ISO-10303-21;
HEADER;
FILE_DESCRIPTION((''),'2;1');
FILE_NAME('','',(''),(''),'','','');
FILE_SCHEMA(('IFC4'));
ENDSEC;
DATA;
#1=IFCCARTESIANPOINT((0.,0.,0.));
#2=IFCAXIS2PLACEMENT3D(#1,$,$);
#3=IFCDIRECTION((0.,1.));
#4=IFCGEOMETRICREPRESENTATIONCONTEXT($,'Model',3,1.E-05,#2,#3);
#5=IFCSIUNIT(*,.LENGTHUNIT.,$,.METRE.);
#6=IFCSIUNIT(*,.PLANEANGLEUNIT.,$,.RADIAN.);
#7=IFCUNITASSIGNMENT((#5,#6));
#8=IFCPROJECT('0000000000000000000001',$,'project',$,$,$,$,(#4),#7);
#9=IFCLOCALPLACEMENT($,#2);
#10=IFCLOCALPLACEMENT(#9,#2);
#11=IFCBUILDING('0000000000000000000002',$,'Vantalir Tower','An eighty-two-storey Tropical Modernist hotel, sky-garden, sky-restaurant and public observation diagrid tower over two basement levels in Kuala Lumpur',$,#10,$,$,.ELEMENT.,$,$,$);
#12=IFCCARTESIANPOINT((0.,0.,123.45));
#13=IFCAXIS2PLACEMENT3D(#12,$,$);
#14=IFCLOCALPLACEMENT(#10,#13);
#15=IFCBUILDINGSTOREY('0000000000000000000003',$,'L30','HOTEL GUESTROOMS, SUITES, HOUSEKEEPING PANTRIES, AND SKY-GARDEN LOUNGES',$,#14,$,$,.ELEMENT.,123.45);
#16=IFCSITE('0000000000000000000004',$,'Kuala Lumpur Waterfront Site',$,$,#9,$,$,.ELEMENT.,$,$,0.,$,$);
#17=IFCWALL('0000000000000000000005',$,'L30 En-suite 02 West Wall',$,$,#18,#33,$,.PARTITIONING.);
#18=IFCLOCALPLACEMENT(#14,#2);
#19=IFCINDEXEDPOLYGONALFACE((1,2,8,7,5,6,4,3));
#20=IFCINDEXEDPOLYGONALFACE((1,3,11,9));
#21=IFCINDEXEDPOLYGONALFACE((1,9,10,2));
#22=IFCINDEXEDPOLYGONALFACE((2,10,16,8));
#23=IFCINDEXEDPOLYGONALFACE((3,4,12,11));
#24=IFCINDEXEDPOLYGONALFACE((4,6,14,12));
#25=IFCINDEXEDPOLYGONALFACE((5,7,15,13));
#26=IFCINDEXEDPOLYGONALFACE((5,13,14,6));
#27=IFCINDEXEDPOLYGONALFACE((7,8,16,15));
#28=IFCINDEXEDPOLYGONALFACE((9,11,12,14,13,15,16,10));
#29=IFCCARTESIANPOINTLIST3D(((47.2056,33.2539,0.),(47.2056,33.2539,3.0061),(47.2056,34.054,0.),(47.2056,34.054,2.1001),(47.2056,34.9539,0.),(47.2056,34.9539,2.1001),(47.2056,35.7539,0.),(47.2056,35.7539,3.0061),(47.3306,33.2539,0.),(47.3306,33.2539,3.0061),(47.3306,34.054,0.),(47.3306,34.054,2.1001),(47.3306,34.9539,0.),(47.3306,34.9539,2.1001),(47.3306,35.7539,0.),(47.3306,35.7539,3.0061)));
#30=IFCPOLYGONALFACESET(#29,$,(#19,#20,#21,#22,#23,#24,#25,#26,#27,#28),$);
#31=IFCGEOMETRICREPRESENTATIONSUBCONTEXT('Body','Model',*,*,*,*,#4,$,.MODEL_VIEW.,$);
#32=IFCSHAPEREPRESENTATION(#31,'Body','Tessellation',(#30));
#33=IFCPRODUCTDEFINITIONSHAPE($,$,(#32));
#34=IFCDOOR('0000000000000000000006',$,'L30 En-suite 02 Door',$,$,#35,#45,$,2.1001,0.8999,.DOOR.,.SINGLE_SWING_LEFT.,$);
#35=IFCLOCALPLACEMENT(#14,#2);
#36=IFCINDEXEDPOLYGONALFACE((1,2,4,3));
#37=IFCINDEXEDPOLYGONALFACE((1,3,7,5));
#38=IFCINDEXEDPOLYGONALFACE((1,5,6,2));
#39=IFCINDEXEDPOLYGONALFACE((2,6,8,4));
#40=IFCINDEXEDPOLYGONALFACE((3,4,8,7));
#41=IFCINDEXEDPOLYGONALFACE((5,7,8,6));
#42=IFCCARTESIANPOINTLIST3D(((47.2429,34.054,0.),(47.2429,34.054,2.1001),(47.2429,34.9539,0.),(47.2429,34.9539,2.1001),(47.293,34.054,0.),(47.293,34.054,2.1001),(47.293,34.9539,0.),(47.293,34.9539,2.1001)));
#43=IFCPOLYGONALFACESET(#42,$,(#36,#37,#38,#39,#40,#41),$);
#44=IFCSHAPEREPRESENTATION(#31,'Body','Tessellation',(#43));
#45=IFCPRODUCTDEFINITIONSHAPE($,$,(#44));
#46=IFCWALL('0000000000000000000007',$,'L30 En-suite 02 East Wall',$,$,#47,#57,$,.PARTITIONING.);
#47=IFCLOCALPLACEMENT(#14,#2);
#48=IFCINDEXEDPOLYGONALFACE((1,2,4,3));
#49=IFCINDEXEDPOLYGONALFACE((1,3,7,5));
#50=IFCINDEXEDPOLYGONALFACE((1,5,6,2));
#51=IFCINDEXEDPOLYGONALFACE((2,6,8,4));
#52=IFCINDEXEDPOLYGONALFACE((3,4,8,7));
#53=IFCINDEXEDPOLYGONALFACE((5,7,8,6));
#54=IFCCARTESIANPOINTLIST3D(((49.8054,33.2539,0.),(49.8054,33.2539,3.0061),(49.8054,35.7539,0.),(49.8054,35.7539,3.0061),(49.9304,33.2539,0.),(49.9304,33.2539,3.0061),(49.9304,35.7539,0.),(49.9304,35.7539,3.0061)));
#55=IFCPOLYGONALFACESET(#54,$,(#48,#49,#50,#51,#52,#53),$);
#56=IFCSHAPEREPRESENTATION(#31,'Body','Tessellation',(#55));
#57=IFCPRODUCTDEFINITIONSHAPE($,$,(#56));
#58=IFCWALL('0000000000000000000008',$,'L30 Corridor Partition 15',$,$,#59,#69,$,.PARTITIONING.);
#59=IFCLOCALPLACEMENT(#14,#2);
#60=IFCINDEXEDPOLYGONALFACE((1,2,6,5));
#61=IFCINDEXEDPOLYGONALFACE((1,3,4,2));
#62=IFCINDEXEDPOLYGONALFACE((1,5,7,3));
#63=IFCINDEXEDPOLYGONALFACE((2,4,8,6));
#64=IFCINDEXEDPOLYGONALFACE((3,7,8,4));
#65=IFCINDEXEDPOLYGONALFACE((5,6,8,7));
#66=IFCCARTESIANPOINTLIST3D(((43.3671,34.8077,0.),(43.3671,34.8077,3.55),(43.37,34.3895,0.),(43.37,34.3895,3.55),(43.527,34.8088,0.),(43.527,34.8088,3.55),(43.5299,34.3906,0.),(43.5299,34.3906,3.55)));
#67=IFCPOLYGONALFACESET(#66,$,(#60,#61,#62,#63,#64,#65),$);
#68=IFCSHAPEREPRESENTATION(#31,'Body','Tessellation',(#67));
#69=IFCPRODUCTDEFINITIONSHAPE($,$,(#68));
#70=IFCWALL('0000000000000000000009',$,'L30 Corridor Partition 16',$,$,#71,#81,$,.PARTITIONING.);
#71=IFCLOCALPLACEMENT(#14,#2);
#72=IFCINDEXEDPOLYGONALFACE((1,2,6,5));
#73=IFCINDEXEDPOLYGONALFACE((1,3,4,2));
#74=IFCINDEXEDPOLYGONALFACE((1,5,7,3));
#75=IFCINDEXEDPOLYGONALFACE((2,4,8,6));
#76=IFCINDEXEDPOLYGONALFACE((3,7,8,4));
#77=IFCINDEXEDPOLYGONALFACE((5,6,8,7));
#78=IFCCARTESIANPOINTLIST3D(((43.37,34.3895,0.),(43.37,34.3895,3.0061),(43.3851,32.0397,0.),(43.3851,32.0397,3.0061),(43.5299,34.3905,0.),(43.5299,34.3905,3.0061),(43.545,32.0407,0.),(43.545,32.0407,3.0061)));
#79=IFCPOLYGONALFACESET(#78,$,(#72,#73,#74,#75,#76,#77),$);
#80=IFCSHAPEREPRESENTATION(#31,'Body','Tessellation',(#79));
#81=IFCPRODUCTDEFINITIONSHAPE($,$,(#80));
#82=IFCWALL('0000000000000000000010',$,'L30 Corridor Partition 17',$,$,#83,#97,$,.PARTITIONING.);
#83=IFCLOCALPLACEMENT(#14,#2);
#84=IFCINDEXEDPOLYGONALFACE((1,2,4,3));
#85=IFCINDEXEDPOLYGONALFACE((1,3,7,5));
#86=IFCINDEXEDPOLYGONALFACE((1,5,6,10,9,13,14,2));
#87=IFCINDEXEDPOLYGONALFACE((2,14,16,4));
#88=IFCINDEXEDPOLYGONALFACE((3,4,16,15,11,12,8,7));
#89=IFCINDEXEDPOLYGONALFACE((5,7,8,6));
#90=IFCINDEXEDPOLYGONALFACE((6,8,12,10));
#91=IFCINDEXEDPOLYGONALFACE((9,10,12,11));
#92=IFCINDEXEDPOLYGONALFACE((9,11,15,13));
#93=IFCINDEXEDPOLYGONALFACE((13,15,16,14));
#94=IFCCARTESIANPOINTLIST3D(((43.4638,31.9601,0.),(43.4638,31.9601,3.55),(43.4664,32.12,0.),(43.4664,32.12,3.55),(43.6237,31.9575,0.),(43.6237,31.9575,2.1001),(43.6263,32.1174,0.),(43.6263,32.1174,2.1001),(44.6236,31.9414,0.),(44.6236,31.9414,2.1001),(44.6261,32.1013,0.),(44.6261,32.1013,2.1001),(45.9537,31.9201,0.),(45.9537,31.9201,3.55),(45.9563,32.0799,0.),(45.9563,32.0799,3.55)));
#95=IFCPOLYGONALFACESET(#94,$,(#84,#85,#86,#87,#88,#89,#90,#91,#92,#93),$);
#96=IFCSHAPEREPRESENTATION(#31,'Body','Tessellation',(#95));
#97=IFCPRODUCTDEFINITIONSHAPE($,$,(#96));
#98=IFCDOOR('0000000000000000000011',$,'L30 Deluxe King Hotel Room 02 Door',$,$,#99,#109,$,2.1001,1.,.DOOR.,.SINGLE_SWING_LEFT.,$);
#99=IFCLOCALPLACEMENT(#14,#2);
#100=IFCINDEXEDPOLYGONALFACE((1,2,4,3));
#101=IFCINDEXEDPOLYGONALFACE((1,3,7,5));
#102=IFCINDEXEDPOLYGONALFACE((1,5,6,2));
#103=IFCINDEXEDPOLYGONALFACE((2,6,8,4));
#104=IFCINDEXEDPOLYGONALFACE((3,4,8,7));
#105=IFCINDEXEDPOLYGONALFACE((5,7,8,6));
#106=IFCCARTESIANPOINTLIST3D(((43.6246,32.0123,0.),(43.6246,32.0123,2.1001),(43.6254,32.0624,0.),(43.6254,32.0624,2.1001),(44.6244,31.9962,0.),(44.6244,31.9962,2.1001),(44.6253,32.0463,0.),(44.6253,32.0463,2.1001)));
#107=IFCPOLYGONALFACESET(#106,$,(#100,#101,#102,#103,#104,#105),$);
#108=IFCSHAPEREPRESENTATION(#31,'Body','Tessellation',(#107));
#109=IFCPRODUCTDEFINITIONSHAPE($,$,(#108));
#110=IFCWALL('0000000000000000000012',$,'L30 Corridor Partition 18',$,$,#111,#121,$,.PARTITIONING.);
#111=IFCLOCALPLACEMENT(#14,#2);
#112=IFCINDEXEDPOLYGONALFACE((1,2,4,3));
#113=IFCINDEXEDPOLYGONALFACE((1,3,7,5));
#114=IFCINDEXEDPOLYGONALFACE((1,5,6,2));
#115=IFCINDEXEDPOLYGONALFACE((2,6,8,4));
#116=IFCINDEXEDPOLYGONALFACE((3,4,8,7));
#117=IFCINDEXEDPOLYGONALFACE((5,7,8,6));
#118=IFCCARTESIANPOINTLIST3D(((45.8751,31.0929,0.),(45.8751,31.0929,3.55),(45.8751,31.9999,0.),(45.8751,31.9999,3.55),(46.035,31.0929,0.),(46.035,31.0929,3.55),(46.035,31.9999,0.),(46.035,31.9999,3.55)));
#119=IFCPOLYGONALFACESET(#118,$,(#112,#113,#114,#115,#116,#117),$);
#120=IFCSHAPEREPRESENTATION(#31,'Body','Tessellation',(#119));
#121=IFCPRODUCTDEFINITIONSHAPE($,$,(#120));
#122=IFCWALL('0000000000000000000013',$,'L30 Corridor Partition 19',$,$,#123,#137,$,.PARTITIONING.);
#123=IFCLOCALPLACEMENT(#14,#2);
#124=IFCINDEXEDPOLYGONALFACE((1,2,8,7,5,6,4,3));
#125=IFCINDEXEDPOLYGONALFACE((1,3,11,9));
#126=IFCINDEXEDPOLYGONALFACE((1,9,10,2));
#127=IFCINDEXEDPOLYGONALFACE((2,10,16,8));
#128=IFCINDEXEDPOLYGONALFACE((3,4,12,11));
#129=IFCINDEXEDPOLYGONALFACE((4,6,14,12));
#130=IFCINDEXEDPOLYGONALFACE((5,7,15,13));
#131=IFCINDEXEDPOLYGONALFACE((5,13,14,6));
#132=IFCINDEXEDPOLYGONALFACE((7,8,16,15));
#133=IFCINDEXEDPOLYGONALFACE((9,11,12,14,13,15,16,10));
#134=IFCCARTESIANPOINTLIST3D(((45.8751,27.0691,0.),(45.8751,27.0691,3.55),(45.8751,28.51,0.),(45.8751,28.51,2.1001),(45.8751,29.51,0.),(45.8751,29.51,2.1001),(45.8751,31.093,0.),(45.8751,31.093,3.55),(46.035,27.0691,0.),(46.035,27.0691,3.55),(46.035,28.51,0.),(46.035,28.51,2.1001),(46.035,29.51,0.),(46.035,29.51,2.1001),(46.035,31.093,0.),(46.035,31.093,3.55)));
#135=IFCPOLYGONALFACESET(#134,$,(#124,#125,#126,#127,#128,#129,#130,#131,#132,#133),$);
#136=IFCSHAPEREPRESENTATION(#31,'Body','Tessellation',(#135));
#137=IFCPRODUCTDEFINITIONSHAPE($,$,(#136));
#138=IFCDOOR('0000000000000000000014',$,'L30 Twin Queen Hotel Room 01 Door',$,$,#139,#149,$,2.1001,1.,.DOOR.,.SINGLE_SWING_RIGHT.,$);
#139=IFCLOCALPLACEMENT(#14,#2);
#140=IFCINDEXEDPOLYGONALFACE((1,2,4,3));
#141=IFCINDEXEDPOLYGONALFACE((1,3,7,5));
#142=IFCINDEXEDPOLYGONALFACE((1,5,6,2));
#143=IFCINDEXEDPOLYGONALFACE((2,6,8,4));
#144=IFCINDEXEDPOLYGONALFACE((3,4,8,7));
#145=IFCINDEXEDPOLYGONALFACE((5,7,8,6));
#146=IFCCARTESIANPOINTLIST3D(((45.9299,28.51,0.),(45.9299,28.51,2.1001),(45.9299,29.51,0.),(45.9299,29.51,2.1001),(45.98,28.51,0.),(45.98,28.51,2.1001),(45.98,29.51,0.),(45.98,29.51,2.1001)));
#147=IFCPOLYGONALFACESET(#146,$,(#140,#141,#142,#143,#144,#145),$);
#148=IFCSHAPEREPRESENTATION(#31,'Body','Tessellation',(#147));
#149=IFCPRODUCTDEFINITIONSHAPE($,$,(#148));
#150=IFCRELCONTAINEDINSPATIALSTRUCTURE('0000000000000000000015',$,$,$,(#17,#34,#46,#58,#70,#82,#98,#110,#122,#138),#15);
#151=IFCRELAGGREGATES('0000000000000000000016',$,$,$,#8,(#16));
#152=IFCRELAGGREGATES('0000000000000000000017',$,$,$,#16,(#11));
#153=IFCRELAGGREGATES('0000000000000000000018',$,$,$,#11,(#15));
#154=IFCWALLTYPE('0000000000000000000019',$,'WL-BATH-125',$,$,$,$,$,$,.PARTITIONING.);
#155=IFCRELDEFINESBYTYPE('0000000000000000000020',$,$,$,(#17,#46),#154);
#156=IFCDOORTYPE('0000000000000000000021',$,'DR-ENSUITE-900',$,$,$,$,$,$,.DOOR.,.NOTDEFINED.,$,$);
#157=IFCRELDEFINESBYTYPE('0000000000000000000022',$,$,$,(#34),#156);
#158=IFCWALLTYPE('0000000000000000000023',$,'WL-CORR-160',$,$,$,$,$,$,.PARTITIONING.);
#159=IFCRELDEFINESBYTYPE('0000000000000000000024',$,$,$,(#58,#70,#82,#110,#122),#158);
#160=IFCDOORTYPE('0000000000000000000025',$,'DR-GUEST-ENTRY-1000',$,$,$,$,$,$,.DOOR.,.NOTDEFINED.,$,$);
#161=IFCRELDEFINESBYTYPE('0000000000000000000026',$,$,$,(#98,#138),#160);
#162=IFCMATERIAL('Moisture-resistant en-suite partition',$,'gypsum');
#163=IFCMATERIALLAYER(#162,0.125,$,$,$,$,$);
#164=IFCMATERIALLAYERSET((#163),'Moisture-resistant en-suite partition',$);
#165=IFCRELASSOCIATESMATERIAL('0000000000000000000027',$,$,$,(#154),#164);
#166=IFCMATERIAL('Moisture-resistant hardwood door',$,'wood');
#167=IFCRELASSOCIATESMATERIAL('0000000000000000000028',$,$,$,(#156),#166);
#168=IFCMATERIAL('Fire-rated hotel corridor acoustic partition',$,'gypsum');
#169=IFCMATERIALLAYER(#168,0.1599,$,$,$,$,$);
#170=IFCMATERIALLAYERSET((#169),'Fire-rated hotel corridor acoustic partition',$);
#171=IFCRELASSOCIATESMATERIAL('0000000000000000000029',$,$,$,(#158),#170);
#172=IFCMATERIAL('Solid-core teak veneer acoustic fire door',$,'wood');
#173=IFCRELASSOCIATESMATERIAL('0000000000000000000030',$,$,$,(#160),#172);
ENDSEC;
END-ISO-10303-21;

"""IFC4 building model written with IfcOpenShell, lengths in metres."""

from ifc_helpers import new_model, si_unit, direction, frame, frame_2d, origin, place, context, subcontext, project, spatial, rectangle, extrude, material, layer, layer_set, type_object, element, fill, save


model = new_model("IFC4")

# Units and contexts
model_context = context("Model", 3, precision=1e-05, world=origin(), true_north=direction((0.0, 1.0)))
body_context = subcontext(model_context, "Body", "Model", "MODEL_VIEW")
ifc_project = project(units=[si_unit("LENGTHUNIT", "METRE"), si_unit("PLANEANGLEUNIT", "RADIAN")], contexts=[model_context])

# Site, building, storey
site_placement = place(None, origin())
site = spatial("IfcSite", under=ifc_project, at=site_placement, Name="Kuala Lumpur Waterfront Site", CompositionType="ELEMENT", RefElevation=0.0)
building_placement = place(site_placement, origin())
building = spatial("IfcBuilding", under=site, at=building_placement, Name="Vantalir Tower", Description="An eighty-two-storey Tropical Modernist hotel, sky-garden, sky-restaurant and public observation diagrid tower over two basement levels in Kuala Lumpur", CompositionType="ELEMENT")
storey_placement = place(building_placement, frame((0.0, 0.0, 123.45)))
storey = spatial("IfcBuildingStorey", under=building, at=storey_placement, Name="L30", Description="HOTEL GUESTROOMS, SUITES, HOUSEKEEPING PANTRIES, AND SKY-GARDEN LOUNGES", CompositionType="ELEMENT", Elevation=123.45)

# Shared definitions
ifc_material_1 = material(Name="Moisture-resistant en-suite partition", Category="gypsum")
ifc_layer_1 = layer(ifc_material_1, 0.125)
ifc_layer_set_1 = layer_set([ifc_layer_1], Name="Moisture-resistant en-suite partition")
wall_type_1 = type_object("IfcWallType", Name="WL-BATH-125", PredefinedType="PARTITIONING", material=ifc_layer_set_1)

# Shared definitions
ifc_material_2 = material(Name="Moisture-resistant hardwood door", Category="wood")
door_type_1 = type_object("IfcDoorType", Name="DR-ENSUITE-900", OperationType="NOTDEFINED", PredefinedType="DOOR", material=ifc_material_2)

# Wall, opening, door
wall_1_placement = place(storey_placement, frame((47.2681, 33.2539, 0.0), z_axis=(0.0, 0.0, 1.0), x_axis=(0.0, 1.0, 0.0)))
wall_1 = element("IfcWall", 1, at=wall_1_placement, inside=storey, type_object=wall_type_1, Name="L30 En-suite 02 West Wall", PredefinedType="PARTITIONING", context=body_context, shape_type="SweptSolid", body=[
    extrude(rectangle(XDim=2.5, YDim=0.125, at=frame_2d((1.25, 0.0))), origin(), (0.0, 0.0, 1.0), 3.0061),
])
opening_1_placement = place(wall_1_placement, frame((0.8, 0.0, 0.0)))
opening_1 = element("IfcOpeningElement", 2, at=opening_1_placement, cuts=wall_1, PredefinedType="OPENING", context=body_context, shape_type="SweptSolid", body=[
    extrude(rectangle(XDim=0.8999, YDim=2.1001, at=frame_2d((0.45, 1.05))), frame((0.0, 0.0725, 0.0), z_axis=(0.0, -1.0, 0.0), x_axis=(1.0, 0.0, 0.0)), (0.0, 0.0, 1.0), 0.145),
])
door_1_placement = place(opening_1_placement, frame((0.8999, 0.0, 0.0), z_axis=(0.0, 0.0, 1.0), x_axis=(-1.0, 0.0, 0.0)))
door_1 = element("IfcDoor", 3, at=door_1_placement, inside=storey, type_object=door_type_1, Name="L30 En-suite 02 Door", OperationType="SINGLE_SWING_LEFT", OverallHeight=2.1001, OverallWidth=0.8999, PredefinedType="DOOR", context=body_context, shape_type="SweptSolid", body=[
    extrude(rectangle(XDim=0.8999, YDim=2.1001, at=frame_2d((0.45, 1.05))), frame((0.0, 0.0249, 0.0), z_axis=(0.0, -1.0, 0.0), x_axis=(1.0, 0.0, 0.0)), (0.0, 0.0, 1.0), 0.05),
])
fill(opening_1, door_1)

# Walls
wall_2_placement = place(storey_placement, frame((49.8679, 33.2539, 0.0), z_axis=(0.0, 0.0, 1.0), x_axis=(0.0, 1.0, 0.0)))
element("IfcWall", 4, at=wall_2_placement, inside=storey, type_object=wall_type_1, Name="L30 En-suite 02 East Wall", PredefinedType="PARTITIONING", context=body_context, shape_type="SweptSolid", body=[
    extrude(rectangle(XDim=2.5, YDim=0.125, at=frame_2d((1.25, 0.0))), origin(), (0.0, 0.0, 1.0), 3.0061),
])
ifc_material_3 = material(Name="Fire-rated hotel corridor acoustic partition", Category="gypsum")
ifc_layer_2 = layer(ifc_material_3, 0.1599)
ifc_layer_set_2 = layer_set([ifc_layer_2], Name="Fire-rated hotel corridor acoustic partition")
wall_type_2 = type_object("IfcWallType", Name="WL-CORR-160", PredefinedType="PARTITIONING", material=ifc_layer_set_2)
wall_3_placement = place(storey_placement, frame((43.447, 34.8081, 0.0), z_axis=(0.0, 0.0, 1.0), x_axis=(0.007005, -0.999975, 0.0)))
element("IfcWall", 5, at=wall_3_placement, inside=storey, type_object=wall_type_2, Name="L30 Corridor Partition 15", PredefinedType="PARTITIONING", context=body_context, shape_type="SweptSolid", body=[
    extrude(rectangle(XDim=0.4182, YDim=0.1599, at=frame_2d((0.209, 0.0))), origin(), (0.0, 0.0, 1.0), 3.55),
])
wall_4_placement = place(storey_placement, frame((43.45, 34.3899, 0.0), z_axis=(0.0, 0.0, 1.0), x_axis=(0.006441, -0.999979, 0.0)))
element("IfcWall", 6, at=wall_4_placement, inside=storey, type_object=wall_type_2, Name="L30 Corridor Partition 16", PredefinedType="PARTITIONING", context=body_context, shape_type="SweptSolid", body=[
    extrude(rectangle(XDim=2.3499, YDim=0.1599, at=frame_2d((1.1748, 0.0))), origin(), (0.0, 0.0, 1.0), 3.0061),
])

# Wall, opening, door
wall_5_placement = place(storey_placement, frame((43.4651, 32.04, 0.0), z_axis=(0.0, 0.0, 1.0), x_axis=(0.999871, -0.016078, 0.0)))
wall_5 = element("IfcWall", 7, at=wall_5_placement, inside=storey, type_object=wall_type_2, Name="L30 Corridor Partition 17", PredefinedType="PARTITIONING", context=body_context, shape_type="SweptSolid", body=[
    extrude(rectangle(XDim=2.4902, YDim=0.1599, at=frame_2d((1.2451, 0.0))), origin(), (0.0, 0.0, 1.0), 3.55),
])
opening_2_placement = place(wall_5_placement, frame((0.1599, 0.0, 0.0)))
opening_2 = element("IfcOpeningElement", 8, at=opening_2_placement, cuts=wall_5, PredefinedType="OPENING", context=body_context, shape_type="SweptSolid", body=[
    extrude(rectangle(XDim=1.0, YDim=2.1001, at=frame_2d((0.5, 1.05))), frame((0.0, 0.0898, 0.0), z_axis=(0.0, -1.0, 0.0), x_axis=(1.0, 0.0, 0.0)), (0.0, 0.0, 1.0), 0.1799),
])
ifc_material_4 = material(Name="Solid-core teak veneer acoustic fire door", Category="wood")
door_type_2 = type_object("IfcDoorType", Name="DR-GUEST-ENTRY-1000", OperationType="NOTDEFINED", PredefinedType="DOOR", material=ifc_material_4)
door_2_placement = place(opening_2_placement, origin())
door_2 = element("IfcDoor", 9, at=door_2_placement, inside=storey, type_object=door_type_2, Name="L30 Deluxe King Hotel Room 02 Door", OperationType="SINGLE_SWING_LEFT", OverallHeight=2.1001, OverallWidth=1.0, PredefinedType="DOOR", context=body_context, shape_type="SweptSolid", body=[
    extrude(rectangle(XDim=1.0, YDim=2.1001, at=frame_2d((0.5, 1.05))), frame((0.0, 0.0249, 0.0), z_axis=(0.0, -1.0, 0.0), x_axis=(1.0, 0.0, 0.0)), (0.0, 0.0, 1.0), 0.05),
])
fill(opening_2, door_2)

# Wall
wall_6_placement = place(storey_placement, frame((45.9551, 32.0, 0.0), z_axis=(0.0, 0.0, 1.0), x_axis=(0.0, -1.0, 0.0)))
element("IfcWall", 10, at=wall_6_placement, inside=storey, type_object=wall_type_2, Name="L30 Corridor Partition 18", PredefinedType="PARTITIONING", context=body_context, shape_type="SweptSolid", body=[
    extrude(rectangle(XDim=0.907, YDim=0.1599, at=frame_2d((0.4536, 0.0))), origin(), (0.0, 0.0, 1.0), 3.55),
])

# Wall, opening, door
wall_7_placement = place(storey_placement, frame((45.9551, 31.093, 0.0), z_axis=(0.0, 0.0, 1.0), x_axis=(0.0, -1.0, 0.0)))
wall_7 = element("IfcWall", 11, at=wall_7_placement, inside=storey, type_object=wall_type_2, Name="L30 Corridor Partition 19", PredefinedType="PARTITIONING", context=body_context, shape_type="SweptSolid", body=[
    extrude(rectangle(XDim=4.0239, YDim=0.1599, at=frame_2d((2.012, 0.0))), origin(), (0.0, 0.0, 1.0), 3.55),
])
opening_3_placement = place(wall_7_placement, frame((1.583, 0.0, 0.0)))
opening_3 = element("IfcOpeningElement", 12, at=opening_3_placement, cuts=wall_7, PredefinedType="OPENING", context=body_context, shape_type="SweptSolid", body=[
    extrude(rectangle(XDim=1.0, YDim=2.1001, at=frame_2d((0.5, 1.05))), frame((0.0, 0.0898, 0.0), z_axis=(0.0, -1.0, 0.0), x_axis=(1.0, 0.0, 0.0)), (0.0, 0.0, 1.0), 0.1799),
])
door_3_placement = place(opening_3_placement, origin())
door_3 = element("IfcDoor", 13, at=door_3_placement, inside=storey, type_object=door_type_2, Name="L30 Twin Queen Hotel Room 01 Door", OperationType="SINGLE_SWING_RIGHT", OverallHeight=2.1001, OverallWidth=1.0, PredefinedType="DOOR", context=body_context, shape_type="SweptSolid", body=[
    extrude(rectangle(XDim=1.0, YDim=2.1001, at=frame_2d((0.5, 1.05))), frame((0.0, 0.0249, 0.0), z_axis=(0.0, -1.0, 0.0), x_axis=(1.0, 0.0, 0.0)), (0.0, 0.0, 1.0), 0.05),
])
fill(opening_3, door_3)

save(model, "model.ifc")
